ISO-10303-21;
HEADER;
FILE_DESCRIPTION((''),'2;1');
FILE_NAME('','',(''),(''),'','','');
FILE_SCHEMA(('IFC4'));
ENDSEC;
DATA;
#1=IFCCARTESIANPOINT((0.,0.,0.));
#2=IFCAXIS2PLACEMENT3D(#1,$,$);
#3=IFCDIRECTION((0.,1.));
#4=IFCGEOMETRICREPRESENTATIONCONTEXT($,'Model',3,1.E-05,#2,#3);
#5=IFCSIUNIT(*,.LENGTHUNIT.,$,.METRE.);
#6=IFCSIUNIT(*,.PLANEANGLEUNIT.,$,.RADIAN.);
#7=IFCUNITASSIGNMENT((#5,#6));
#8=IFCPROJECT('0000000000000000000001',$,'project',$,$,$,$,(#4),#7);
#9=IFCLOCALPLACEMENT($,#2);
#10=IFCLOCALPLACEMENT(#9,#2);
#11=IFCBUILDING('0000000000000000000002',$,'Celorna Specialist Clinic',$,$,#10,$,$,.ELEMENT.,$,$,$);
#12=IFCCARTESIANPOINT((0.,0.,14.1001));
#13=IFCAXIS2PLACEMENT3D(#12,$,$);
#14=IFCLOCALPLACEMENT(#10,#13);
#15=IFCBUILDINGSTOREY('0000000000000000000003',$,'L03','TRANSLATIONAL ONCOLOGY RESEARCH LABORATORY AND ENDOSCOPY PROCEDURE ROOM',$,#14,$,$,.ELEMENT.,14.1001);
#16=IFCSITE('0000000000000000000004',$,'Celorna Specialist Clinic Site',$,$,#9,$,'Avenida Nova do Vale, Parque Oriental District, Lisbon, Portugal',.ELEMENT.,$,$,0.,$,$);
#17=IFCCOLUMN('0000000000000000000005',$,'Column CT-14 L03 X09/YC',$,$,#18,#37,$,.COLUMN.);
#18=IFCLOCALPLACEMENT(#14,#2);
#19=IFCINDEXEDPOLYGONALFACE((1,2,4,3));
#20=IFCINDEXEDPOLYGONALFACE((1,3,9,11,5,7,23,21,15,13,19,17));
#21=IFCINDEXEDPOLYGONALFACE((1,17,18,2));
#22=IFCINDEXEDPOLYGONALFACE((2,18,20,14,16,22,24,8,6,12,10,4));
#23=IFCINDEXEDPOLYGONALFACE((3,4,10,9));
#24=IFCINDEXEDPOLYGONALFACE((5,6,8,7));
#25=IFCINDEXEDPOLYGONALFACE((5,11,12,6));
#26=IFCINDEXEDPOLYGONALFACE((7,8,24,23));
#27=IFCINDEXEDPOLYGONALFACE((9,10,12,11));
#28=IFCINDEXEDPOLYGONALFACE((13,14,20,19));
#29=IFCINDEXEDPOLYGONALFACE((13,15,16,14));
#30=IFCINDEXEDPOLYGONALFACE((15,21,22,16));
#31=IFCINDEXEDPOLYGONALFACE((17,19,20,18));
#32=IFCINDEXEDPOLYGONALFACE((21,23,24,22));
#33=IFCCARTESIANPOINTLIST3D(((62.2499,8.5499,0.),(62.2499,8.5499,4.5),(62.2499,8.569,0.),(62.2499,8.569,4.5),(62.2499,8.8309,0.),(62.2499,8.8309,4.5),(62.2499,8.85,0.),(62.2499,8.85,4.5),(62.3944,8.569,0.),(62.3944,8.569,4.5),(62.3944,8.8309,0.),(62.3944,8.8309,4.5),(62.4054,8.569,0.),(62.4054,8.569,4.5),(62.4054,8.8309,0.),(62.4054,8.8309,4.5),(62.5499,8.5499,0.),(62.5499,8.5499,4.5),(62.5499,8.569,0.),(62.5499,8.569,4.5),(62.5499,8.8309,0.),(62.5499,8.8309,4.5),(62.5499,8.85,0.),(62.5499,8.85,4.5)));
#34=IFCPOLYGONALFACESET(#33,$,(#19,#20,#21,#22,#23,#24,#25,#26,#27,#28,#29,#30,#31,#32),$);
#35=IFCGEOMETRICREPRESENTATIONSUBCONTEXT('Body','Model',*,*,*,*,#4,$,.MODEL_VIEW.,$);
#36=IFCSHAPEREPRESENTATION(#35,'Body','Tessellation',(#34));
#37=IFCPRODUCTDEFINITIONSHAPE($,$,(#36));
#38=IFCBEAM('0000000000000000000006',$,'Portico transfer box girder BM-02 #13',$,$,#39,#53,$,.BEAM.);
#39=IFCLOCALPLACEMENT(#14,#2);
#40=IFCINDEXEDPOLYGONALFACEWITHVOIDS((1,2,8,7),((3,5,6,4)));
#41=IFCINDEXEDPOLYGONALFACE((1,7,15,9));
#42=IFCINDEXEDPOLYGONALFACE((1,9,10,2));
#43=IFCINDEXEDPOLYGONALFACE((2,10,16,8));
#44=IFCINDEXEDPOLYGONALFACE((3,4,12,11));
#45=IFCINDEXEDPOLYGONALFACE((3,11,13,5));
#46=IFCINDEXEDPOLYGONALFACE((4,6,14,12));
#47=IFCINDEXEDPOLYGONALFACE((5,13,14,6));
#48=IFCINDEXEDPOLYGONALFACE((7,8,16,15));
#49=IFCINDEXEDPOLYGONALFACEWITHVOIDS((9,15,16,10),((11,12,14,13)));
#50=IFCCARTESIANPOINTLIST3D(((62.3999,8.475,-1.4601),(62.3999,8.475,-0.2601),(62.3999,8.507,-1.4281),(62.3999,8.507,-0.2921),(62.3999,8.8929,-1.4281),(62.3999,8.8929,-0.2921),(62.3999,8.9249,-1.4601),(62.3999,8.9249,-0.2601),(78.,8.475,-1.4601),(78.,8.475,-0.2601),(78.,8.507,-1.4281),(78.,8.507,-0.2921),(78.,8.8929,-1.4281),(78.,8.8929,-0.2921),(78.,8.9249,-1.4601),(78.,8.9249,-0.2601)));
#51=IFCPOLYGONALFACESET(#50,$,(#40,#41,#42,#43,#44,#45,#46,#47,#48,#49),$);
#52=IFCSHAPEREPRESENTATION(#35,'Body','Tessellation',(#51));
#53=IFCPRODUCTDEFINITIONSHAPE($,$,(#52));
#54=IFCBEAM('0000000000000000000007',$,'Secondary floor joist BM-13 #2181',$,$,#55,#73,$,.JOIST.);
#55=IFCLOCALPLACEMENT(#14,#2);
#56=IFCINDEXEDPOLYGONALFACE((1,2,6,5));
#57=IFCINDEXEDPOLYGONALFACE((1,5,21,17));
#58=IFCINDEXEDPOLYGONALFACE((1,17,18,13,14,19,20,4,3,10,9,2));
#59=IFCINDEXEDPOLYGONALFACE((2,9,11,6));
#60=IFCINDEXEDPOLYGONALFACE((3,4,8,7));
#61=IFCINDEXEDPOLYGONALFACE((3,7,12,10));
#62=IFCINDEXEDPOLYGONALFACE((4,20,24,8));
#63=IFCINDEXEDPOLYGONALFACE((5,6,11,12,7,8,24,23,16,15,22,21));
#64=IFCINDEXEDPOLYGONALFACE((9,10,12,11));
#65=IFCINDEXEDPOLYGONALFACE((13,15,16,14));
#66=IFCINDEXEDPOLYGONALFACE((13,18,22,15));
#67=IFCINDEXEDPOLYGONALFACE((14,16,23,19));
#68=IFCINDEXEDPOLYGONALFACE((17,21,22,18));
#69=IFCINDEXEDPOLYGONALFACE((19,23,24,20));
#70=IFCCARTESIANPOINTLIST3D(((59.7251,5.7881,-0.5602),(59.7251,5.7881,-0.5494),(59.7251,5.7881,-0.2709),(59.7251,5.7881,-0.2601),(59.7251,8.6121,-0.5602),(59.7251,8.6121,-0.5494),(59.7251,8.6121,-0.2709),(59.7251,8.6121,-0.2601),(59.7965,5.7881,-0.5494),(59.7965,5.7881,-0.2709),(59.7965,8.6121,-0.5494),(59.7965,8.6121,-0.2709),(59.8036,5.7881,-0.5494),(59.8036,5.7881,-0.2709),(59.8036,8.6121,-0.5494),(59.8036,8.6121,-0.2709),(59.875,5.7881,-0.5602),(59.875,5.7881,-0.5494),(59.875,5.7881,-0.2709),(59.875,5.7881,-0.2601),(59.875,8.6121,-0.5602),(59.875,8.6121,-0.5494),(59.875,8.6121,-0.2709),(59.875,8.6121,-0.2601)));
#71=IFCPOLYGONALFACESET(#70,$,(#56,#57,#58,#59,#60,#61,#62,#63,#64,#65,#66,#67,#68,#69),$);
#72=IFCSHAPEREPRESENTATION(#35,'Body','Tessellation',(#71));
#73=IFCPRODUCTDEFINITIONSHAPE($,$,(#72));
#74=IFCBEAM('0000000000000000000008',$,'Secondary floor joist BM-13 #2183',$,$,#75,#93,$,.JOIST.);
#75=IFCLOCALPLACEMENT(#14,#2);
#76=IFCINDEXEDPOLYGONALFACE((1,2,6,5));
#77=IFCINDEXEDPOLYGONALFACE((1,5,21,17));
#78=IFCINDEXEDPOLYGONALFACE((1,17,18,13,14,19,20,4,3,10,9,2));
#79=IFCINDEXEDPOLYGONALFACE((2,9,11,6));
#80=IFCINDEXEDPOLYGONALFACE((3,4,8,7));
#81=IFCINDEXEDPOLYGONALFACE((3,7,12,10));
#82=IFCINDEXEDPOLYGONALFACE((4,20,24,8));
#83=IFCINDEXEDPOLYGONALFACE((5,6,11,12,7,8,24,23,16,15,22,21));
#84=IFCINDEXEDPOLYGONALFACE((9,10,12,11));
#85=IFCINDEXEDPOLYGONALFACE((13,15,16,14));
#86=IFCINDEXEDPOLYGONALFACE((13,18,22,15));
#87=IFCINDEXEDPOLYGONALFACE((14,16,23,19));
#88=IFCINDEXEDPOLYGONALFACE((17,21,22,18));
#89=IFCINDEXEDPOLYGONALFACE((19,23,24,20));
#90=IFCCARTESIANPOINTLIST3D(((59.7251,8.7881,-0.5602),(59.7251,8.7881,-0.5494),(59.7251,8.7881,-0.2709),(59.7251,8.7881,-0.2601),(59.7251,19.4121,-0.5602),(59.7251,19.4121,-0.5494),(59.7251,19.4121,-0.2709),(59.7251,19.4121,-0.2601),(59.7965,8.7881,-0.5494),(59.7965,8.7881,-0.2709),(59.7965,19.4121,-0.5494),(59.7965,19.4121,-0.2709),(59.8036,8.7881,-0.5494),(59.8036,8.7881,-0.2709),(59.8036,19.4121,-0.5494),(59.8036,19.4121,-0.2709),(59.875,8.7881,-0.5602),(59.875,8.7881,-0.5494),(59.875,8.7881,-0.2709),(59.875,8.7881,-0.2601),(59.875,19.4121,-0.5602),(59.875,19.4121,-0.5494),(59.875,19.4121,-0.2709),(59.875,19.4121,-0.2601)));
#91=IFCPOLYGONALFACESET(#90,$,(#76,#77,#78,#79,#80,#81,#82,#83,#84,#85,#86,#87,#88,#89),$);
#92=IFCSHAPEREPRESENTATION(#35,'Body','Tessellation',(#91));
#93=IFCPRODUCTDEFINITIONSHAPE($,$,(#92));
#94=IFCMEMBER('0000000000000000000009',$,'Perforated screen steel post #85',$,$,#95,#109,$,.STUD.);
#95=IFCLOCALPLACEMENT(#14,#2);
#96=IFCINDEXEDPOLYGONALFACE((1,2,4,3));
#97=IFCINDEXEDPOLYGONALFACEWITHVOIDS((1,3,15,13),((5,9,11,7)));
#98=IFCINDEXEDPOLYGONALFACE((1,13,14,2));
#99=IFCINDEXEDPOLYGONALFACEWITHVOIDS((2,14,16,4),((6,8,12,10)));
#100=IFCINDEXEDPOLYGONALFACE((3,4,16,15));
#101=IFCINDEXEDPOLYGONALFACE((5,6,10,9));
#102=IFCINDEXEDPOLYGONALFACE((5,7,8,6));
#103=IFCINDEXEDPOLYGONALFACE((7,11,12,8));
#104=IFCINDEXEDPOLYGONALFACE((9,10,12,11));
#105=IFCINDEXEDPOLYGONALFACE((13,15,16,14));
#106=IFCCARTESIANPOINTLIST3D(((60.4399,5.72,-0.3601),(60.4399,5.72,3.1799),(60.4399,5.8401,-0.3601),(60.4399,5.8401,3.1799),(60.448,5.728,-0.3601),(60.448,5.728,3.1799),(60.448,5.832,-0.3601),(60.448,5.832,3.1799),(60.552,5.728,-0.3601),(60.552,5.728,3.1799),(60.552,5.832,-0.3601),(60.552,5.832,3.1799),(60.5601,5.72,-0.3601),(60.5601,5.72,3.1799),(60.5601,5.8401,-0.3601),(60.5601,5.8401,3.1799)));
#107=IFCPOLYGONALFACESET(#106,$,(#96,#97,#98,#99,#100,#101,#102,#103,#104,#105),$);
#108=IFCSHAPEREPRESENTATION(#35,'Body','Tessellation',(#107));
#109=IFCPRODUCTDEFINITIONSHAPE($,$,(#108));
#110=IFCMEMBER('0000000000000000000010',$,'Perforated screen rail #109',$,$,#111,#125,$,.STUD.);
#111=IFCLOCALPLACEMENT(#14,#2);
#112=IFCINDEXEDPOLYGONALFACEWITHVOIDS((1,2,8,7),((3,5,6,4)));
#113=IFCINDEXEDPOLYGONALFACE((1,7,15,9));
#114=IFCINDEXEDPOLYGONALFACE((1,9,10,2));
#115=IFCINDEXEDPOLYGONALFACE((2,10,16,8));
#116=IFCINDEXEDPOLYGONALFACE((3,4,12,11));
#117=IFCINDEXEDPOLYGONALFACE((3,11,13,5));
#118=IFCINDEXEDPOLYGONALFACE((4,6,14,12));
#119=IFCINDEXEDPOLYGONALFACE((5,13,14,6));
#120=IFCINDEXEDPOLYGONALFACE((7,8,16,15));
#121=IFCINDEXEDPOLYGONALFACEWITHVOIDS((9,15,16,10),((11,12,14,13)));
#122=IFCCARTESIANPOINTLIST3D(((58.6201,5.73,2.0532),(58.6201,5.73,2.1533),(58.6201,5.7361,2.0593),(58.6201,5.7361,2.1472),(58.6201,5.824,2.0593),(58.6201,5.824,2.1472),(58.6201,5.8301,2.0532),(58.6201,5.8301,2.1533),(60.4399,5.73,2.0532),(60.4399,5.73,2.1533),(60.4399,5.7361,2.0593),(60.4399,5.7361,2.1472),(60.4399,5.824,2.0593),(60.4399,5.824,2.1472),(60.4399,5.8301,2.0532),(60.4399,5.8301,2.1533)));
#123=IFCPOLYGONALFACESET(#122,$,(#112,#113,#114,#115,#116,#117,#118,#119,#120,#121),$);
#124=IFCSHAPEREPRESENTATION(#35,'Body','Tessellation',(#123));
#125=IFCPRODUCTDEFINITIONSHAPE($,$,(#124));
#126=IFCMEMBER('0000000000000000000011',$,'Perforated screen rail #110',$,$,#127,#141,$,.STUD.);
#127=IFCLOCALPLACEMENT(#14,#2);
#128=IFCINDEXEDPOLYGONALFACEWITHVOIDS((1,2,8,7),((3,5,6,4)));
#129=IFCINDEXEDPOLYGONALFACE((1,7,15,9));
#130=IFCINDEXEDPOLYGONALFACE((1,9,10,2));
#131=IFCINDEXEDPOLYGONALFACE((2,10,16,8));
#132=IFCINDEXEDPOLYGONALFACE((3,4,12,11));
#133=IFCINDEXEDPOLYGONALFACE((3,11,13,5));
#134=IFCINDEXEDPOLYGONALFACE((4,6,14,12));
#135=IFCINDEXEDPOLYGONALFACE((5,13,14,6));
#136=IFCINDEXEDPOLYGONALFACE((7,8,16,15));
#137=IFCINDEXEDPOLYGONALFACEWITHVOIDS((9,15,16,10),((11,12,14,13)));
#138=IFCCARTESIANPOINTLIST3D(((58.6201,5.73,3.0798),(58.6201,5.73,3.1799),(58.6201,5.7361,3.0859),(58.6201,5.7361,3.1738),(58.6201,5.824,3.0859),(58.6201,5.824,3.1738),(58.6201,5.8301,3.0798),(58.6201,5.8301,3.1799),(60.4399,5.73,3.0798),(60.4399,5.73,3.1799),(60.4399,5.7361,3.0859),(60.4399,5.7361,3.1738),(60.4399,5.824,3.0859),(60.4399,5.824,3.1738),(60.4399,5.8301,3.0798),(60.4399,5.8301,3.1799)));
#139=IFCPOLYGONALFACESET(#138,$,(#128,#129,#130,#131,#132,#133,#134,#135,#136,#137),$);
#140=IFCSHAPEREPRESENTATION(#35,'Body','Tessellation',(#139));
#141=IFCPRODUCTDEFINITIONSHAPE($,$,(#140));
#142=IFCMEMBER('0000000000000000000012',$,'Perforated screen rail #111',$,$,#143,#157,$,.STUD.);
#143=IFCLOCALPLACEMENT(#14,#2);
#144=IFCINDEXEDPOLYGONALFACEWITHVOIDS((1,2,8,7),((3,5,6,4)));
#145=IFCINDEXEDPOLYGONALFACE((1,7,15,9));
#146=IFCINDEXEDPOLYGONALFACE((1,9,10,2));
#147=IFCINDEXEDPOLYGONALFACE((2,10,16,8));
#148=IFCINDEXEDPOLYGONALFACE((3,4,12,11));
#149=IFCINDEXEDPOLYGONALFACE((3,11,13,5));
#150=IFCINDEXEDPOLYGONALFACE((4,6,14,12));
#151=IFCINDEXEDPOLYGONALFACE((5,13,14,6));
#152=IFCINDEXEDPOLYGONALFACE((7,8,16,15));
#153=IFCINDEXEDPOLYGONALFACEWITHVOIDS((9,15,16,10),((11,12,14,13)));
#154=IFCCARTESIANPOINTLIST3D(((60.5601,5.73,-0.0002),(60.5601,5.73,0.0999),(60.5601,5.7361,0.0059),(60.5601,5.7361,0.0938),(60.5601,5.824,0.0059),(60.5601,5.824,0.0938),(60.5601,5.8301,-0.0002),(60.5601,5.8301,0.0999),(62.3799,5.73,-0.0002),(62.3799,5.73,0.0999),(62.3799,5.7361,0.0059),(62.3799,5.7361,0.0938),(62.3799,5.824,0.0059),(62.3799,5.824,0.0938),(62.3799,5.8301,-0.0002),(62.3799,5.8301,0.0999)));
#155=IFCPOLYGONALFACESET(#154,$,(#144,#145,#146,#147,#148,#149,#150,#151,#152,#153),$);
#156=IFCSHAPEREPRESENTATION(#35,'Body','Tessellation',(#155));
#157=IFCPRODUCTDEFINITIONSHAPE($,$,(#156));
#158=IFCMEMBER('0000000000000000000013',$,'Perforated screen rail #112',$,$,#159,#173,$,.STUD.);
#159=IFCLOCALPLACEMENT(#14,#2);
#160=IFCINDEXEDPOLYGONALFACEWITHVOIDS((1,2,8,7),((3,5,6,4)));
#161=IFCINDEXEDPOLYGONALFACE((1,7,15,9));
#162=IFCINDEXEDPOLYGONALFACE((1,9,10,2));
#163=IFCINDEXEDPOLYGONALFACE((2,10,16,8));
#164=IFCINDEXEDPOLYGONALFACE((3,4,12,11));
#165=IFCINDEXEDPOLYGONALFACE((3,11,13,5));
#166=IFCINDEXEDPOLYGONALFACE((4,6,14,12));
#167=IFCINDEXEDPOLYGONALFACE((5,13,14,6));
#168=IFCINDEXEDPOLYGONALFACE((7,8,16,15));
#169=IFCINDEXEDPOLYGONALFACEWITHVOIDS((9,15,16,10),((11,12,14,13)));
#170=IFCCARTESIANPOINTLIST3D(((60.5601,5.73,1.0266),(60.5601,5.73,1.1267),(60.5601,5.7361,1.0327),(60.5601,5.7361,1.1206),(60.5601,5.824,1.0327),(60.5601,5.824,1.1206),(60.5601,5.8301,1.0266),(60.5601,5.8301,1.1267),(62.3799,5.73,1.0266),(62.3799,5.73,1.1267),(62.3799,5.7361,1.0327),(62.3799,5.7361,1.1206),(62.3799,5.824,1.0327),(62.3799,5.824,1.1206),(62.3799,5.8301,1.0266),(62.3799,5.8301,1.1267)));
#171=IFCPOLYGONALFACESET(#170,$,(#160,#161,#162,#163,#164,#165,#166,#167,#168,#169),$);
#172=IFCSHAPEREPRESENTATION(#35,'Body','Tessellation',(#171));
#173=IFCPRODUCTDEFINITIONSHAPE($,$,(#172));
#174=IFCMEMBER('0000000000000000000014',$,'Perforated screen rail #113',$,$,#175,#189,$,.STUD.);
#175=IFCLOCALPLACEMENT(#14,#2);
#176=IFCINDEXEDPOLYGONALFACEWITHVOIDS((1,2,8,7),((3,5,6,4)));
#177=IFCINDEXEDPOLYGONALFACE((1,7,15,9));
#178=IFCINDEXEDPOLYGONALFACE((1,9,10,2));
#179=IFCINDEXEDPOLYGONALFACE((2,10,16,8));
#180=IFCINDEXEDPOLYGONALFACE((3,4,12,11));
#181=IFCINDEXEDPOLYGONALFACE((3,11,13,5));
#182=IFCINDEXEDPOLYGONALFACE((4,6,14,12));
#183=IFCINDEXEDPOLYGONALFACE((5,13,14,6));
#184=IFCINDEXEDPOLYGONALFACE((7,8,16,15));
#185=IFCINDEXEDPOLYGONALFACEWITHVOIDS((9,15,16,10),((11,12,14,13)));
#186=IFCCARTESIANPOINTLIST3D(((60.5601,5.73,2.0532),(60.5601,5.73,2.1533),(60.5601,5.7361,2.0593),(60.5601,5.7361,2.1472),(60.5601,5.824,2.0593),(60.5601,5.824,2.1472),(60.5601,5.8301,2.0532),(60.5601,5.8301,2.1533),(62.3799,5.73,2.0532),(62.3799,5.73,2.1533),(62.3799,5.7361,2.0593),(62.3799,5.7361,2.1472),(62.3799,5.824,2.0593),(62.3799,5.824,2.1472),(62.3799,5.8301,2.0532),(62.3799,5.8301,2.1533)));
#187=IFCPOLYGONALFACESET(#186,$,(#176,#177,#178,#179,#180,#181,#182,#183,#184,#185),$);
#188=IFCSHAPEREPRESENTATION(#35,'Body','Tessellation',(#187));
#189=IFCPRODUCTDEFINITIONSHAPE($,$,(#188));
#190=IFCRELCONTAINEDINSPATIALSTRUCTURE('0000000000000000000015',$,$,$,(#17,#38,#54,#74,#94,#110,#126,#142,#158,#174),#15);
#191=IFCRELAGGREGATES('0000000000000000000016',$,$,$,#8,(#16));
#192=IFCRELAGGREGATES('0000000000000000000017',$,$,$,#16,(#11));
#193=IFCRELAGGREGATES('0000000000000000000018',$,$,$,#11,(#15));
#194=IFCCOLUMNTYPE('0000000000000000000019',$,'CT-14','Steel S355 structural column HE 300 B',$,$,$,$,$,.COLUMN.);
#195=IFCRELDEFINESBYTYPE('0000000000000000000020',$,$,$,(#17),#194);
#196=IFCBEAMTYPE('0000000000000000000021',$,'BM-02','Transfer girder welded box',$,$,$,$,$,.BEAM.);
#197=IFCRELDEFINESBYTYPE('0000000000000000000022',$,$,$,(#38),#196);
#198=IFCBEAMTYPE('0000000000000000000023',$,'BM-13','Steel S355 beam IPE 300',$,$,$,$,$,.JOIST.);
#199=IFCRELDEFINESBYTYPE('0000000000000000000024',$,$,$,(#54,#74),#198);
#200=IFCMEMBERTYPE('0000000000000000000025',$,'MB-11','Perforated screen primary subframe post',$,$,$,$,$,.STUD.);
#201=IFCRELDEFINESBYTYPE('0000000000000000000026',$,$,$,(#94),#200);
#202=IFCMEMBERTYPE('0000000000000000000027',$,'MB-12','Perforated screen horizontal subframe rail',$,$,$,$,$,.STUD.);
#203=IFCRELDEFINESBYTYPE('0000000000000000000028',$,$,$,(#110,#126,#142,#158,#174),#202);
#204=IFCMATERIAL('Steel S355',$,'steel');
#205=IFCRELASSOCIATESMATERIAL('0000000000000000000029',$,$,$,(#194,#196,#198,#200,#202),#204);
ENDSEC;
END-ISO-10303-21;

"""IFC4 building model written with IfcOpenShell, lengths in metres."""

from ifc_helpers import new_model, si_unit, direction, frame, origin, origin_2d, place, context, subcontext, project, spatial, hollow_rectangle, i_section, extrude, material, material_profile, profile_set, type_object, element, save


model = new_model("IFC4")

# Units and contexts
model_context = context("Model", 3, precision=1e-05, world=origin(), true_north=direction((0.0, 1.0)))
body_context = subcontext(model_context, "Body", "Model", "MODEL_VIEW")
ifc_project = project(units=[si_unit("LENGTHUNIT", "METRE"), si_unit("PLANEANGLEUNIT", "RADIAN")], contexts=[model_context])

# Site, building, storey
site_placement = place(None, origin())
site = spatial("IfcSite", under=ifc_project, at=site_placement, Name="Celorna Specialist Clinic Site", LongName="Avenida Nova do Vale, Parque Oriental District, Lisbon, Portugal", CompositionType="ELEMENT", RefElevation=0.0)
building_placement = place(site_placement, origin())
building = spatial("IfcBuilding", under=site, at=building_placement, Name="Celorna Specialist Clinic", CompositionType="ELEMENT")
storey_placement = place(building_placement, frame((0.0, 0.0, 14.1001)))
storey = spatial("IfcBuildingStorey", under=building, at=storey_placement, Name="L03", Description="TRANSLATIONAL ONCOLOGY RESEARCH LABORATORY AND ENDOSCOPY PROCEDURE ROOM", CompositionType="ELEMENT", Elevation=14.1001)

# Column
ifc_material_1 = material(Name="Steel S355", Category="steel")
ifc_material_profile_1 = material_profile(ifc_material_1, i_section(OverallWidth=0.3, OverallDepth=0.3, WebThickness=0.011, FlangeThickness=0.019, at=origin_2d()), Name="HE 300 B")
ifc_profile_set_1 = profile_set([ifc_material_profile_1], Name="Steel S355")
column_type = type_object("IfcColumnType", Name="CT-14", Description="Steel S355 structural column HE 300 B", PredefinedType="COLUMN", material=ifc_profile_set_1)
column_placement = place(storey_placement, frame((62.3999, 8.7, 0.0), z_axis=(0.0, 0.0, 1.0), x_axis=(1.0, 0.0, 0.0)))
element("IfcColumn", 1, at=column_placement, inside=storey, type_object=column_type, Name="Column CT-14 L03 X09/YC", PredefinedType="COLUMN", context=body_context, shape_type="SweptSolid", body=[
    extrude(i_section(OverallWidth=0.3, OverallDepth=0.3, WebThickness=0.011, FlangeThickness=0.019, at=origin_2d()), origin(), (0.0, 0.0, 1.0), 4.5),
])

# Beams
ifc_material_profile_2 = material_profile(ifc_material_1, hollow_rectangle(XDim=0.45, YDim=1.2, WallThickness=0.032, at=origin_2d()), Name="BOX 450x1200x32")
ifc_profile_set_2 = profile_set([ifc_material_profile_2], Name="Steel S355")
beam_type_1 = type_object("IfcBeamType", Name="BM-02", Description="Transfer girder welded box", PredefinedType="BEAM", material=ifc_profile_set_2)
beam_1_placement = place(storey_placement, frame((62.3999, 8.7, -0.8601), z_axis=(1.0, 0.0, 0.0), x_axis=(0.0, 1.0, 0.0)))
element("IfcBeam", 2, at=beam_1_placement, inside=storey, type_object=beam_type_1, Name="Portico transfer box girder BM-02 #13", PredefinedType="BEAM", context=body_context, shape_type="SweptSolid", body=[
    extrude(hollow_rectangle(XDim=0.45, YDim=1.2, WallThickness=0.032, at=origin_2d()), origin(), (0.0, 0.0, 1.0), 15.6001),
])
ifc_material_profile_3 = material_profile(ifc_material_1, i_section(OverallWidth=0.1499, OverallDepth=0.3, WebThickness=0.0071, FlangeThickness=0.0107, at=origin_2d()), Name="IPE 300")
ifc_profile_set_3 = profile_set([ifc_material_profile_3], Name="Steel S355")
beam_type_2 = type_object("IfcBeamType", Name="BM-13", Description="Steel S355 beam IPE 300", PredefinedType="JOIST", material=ifc_profile_set_3)
beam_2_placement = place(storey_placement, frame((59.8, 5.7881, -0.4102), z_axis=(0.0, 1.0, 0.0), x_axis=(-1.0, 0.0, 0.0)))
element("IfcBeam", 3, at=beam_2_placement, inside=storey, type_object=beam_type_2, Name="Secondary floor joist BM-13 #2181", PredefinedType="JOIST", context=body_context, shape_type="SweptSolid", body=[
    extrude(i_section(OverallWidth=0.1499, OverallDepth=0.3, WebThickness=0.0071, FlangeThickness=0.0107, at=origin_2d()), origin(), (0.0, 0.0, 1.0), 2.824),
])
beam_3_placement = place(storey_placement, frame((59.8, 8.7881, -0.4102), z_axis=(0.0, 1.0, 0.0), x_axis=(-1.0, 0.0, 0.0)))
element("IfcBeam", 4, at=beam_3_placement, inside=storey, type_object=beam_type_2, Name="Secondary floor joist BM-13 #2183", PredefinedType="JOIST", context=body_context, shape_type="SweptSolid", body=[
    extrude(i_section(OverallWidth=0.1499, OverallDepth=0.3, WebThickness=0.0071, FlangeThickness=0.0107, at=origin_2d()), origin(), (0.0, 0.0, 1.0), 10.624),
])

# Members
ifc_material_profile_4 = material_profile(ifc_material_1, hollow_rectangle(XDim=0.1201, YDim=0.1201, WallThickness=0.0081, at=origin_2d()), Name="SHS 120x120x8")
ifc_profile_set_4 = profile_set([ifc_material_profile_4], Name="Steel S355")
member_type_1 = type_object("IfcMemberType", Name="MB-11", Description="Perforated screen primary subframe post", PredefinedType="STUD", material=ifc_profile_set_4)
member_placement = place(storey_placement, frame((60.5, 5.78, -0.3601), z_axis=(0.0, 0.0, 1.0), x_axis=(1.0, 0.0, 0.0)))
element("IfcMember", 5, at=member_placement, inside=storey, type_object=member_type_1, Name="Perforated screen steel post #85", PredefinedType="STUD", context=body_context, shape_type="SweptSolid", body=[
    extrude(hollow_rectangle(XDim=0.1201, YDim=0.1201, WallThickness=0.0081, at=origin_2d()), origin(), (0.0, 0.0, 1.0), 3.54),
])
ifc_material_profile_5 = material_profile(ifc_material_1, hollow_rectangle(XDim=0.1001, YDim=0.1001, WallThickness=0.0061, at=origin_2d()), Name="SHS 100x100x6")
ifc_profile_set_5 = profile_set([ifc_material_profile_5], Name="Steel S355")
member_type_2 = type_object("IfcMemberType", Name="MB-12", Description="Perforated screen horizontal subframe rail", PredefinedType="STUD", material=ifc_profile_set_5)
for number, where, z_axis, x_axis, name in (
    (6, (58.6201, 5.78, 2.1033), (1.0, 0.0, 0.0), (0.0, 1.0, 0.0), "Perforated screen rail #109"),
    (7, (58.6201, 5.78, 3.1299), (1.0, 0.0, 0.0), (0.0, 1.0, 0.0), "Perforated screen rail #110"),
    (8, (60.5601, 5.78, 0.0498), (1.0, 0.0, 0.0), (0.0, 1.0, 0.0), "Perforated screen rail #111"),
    (9, (60.5601, 5.78, 1.0767), (1.0, 0.0, 0.0), (0.0, 1.0, 0.0), "Perforated screen rail #112"),
    (10, (60.5601, 5.78, 2.1033), (1.0, 0.0, 0.0), (0.0, 1.0, 0.0), "Perforated screen rail #113"),
):
    element("IfcMember", number, at=place(storey_placement, frame(where, z_axis=z_axis, x_axis=x_axis)), inside=storey, type_object=member_type_2, Name=name, PredefinedType="STUD", context=body_context, shape_type="SweptSolid", body=[
        extrude(hollow_rectangle(XDim=0.1001, YDim=0.1001, WallThickness=0.0061, at=origin_2d()), origin(), (0.0, 0.0, 1.0), 1.8198),
    ])

save(model, "model.ifc")
